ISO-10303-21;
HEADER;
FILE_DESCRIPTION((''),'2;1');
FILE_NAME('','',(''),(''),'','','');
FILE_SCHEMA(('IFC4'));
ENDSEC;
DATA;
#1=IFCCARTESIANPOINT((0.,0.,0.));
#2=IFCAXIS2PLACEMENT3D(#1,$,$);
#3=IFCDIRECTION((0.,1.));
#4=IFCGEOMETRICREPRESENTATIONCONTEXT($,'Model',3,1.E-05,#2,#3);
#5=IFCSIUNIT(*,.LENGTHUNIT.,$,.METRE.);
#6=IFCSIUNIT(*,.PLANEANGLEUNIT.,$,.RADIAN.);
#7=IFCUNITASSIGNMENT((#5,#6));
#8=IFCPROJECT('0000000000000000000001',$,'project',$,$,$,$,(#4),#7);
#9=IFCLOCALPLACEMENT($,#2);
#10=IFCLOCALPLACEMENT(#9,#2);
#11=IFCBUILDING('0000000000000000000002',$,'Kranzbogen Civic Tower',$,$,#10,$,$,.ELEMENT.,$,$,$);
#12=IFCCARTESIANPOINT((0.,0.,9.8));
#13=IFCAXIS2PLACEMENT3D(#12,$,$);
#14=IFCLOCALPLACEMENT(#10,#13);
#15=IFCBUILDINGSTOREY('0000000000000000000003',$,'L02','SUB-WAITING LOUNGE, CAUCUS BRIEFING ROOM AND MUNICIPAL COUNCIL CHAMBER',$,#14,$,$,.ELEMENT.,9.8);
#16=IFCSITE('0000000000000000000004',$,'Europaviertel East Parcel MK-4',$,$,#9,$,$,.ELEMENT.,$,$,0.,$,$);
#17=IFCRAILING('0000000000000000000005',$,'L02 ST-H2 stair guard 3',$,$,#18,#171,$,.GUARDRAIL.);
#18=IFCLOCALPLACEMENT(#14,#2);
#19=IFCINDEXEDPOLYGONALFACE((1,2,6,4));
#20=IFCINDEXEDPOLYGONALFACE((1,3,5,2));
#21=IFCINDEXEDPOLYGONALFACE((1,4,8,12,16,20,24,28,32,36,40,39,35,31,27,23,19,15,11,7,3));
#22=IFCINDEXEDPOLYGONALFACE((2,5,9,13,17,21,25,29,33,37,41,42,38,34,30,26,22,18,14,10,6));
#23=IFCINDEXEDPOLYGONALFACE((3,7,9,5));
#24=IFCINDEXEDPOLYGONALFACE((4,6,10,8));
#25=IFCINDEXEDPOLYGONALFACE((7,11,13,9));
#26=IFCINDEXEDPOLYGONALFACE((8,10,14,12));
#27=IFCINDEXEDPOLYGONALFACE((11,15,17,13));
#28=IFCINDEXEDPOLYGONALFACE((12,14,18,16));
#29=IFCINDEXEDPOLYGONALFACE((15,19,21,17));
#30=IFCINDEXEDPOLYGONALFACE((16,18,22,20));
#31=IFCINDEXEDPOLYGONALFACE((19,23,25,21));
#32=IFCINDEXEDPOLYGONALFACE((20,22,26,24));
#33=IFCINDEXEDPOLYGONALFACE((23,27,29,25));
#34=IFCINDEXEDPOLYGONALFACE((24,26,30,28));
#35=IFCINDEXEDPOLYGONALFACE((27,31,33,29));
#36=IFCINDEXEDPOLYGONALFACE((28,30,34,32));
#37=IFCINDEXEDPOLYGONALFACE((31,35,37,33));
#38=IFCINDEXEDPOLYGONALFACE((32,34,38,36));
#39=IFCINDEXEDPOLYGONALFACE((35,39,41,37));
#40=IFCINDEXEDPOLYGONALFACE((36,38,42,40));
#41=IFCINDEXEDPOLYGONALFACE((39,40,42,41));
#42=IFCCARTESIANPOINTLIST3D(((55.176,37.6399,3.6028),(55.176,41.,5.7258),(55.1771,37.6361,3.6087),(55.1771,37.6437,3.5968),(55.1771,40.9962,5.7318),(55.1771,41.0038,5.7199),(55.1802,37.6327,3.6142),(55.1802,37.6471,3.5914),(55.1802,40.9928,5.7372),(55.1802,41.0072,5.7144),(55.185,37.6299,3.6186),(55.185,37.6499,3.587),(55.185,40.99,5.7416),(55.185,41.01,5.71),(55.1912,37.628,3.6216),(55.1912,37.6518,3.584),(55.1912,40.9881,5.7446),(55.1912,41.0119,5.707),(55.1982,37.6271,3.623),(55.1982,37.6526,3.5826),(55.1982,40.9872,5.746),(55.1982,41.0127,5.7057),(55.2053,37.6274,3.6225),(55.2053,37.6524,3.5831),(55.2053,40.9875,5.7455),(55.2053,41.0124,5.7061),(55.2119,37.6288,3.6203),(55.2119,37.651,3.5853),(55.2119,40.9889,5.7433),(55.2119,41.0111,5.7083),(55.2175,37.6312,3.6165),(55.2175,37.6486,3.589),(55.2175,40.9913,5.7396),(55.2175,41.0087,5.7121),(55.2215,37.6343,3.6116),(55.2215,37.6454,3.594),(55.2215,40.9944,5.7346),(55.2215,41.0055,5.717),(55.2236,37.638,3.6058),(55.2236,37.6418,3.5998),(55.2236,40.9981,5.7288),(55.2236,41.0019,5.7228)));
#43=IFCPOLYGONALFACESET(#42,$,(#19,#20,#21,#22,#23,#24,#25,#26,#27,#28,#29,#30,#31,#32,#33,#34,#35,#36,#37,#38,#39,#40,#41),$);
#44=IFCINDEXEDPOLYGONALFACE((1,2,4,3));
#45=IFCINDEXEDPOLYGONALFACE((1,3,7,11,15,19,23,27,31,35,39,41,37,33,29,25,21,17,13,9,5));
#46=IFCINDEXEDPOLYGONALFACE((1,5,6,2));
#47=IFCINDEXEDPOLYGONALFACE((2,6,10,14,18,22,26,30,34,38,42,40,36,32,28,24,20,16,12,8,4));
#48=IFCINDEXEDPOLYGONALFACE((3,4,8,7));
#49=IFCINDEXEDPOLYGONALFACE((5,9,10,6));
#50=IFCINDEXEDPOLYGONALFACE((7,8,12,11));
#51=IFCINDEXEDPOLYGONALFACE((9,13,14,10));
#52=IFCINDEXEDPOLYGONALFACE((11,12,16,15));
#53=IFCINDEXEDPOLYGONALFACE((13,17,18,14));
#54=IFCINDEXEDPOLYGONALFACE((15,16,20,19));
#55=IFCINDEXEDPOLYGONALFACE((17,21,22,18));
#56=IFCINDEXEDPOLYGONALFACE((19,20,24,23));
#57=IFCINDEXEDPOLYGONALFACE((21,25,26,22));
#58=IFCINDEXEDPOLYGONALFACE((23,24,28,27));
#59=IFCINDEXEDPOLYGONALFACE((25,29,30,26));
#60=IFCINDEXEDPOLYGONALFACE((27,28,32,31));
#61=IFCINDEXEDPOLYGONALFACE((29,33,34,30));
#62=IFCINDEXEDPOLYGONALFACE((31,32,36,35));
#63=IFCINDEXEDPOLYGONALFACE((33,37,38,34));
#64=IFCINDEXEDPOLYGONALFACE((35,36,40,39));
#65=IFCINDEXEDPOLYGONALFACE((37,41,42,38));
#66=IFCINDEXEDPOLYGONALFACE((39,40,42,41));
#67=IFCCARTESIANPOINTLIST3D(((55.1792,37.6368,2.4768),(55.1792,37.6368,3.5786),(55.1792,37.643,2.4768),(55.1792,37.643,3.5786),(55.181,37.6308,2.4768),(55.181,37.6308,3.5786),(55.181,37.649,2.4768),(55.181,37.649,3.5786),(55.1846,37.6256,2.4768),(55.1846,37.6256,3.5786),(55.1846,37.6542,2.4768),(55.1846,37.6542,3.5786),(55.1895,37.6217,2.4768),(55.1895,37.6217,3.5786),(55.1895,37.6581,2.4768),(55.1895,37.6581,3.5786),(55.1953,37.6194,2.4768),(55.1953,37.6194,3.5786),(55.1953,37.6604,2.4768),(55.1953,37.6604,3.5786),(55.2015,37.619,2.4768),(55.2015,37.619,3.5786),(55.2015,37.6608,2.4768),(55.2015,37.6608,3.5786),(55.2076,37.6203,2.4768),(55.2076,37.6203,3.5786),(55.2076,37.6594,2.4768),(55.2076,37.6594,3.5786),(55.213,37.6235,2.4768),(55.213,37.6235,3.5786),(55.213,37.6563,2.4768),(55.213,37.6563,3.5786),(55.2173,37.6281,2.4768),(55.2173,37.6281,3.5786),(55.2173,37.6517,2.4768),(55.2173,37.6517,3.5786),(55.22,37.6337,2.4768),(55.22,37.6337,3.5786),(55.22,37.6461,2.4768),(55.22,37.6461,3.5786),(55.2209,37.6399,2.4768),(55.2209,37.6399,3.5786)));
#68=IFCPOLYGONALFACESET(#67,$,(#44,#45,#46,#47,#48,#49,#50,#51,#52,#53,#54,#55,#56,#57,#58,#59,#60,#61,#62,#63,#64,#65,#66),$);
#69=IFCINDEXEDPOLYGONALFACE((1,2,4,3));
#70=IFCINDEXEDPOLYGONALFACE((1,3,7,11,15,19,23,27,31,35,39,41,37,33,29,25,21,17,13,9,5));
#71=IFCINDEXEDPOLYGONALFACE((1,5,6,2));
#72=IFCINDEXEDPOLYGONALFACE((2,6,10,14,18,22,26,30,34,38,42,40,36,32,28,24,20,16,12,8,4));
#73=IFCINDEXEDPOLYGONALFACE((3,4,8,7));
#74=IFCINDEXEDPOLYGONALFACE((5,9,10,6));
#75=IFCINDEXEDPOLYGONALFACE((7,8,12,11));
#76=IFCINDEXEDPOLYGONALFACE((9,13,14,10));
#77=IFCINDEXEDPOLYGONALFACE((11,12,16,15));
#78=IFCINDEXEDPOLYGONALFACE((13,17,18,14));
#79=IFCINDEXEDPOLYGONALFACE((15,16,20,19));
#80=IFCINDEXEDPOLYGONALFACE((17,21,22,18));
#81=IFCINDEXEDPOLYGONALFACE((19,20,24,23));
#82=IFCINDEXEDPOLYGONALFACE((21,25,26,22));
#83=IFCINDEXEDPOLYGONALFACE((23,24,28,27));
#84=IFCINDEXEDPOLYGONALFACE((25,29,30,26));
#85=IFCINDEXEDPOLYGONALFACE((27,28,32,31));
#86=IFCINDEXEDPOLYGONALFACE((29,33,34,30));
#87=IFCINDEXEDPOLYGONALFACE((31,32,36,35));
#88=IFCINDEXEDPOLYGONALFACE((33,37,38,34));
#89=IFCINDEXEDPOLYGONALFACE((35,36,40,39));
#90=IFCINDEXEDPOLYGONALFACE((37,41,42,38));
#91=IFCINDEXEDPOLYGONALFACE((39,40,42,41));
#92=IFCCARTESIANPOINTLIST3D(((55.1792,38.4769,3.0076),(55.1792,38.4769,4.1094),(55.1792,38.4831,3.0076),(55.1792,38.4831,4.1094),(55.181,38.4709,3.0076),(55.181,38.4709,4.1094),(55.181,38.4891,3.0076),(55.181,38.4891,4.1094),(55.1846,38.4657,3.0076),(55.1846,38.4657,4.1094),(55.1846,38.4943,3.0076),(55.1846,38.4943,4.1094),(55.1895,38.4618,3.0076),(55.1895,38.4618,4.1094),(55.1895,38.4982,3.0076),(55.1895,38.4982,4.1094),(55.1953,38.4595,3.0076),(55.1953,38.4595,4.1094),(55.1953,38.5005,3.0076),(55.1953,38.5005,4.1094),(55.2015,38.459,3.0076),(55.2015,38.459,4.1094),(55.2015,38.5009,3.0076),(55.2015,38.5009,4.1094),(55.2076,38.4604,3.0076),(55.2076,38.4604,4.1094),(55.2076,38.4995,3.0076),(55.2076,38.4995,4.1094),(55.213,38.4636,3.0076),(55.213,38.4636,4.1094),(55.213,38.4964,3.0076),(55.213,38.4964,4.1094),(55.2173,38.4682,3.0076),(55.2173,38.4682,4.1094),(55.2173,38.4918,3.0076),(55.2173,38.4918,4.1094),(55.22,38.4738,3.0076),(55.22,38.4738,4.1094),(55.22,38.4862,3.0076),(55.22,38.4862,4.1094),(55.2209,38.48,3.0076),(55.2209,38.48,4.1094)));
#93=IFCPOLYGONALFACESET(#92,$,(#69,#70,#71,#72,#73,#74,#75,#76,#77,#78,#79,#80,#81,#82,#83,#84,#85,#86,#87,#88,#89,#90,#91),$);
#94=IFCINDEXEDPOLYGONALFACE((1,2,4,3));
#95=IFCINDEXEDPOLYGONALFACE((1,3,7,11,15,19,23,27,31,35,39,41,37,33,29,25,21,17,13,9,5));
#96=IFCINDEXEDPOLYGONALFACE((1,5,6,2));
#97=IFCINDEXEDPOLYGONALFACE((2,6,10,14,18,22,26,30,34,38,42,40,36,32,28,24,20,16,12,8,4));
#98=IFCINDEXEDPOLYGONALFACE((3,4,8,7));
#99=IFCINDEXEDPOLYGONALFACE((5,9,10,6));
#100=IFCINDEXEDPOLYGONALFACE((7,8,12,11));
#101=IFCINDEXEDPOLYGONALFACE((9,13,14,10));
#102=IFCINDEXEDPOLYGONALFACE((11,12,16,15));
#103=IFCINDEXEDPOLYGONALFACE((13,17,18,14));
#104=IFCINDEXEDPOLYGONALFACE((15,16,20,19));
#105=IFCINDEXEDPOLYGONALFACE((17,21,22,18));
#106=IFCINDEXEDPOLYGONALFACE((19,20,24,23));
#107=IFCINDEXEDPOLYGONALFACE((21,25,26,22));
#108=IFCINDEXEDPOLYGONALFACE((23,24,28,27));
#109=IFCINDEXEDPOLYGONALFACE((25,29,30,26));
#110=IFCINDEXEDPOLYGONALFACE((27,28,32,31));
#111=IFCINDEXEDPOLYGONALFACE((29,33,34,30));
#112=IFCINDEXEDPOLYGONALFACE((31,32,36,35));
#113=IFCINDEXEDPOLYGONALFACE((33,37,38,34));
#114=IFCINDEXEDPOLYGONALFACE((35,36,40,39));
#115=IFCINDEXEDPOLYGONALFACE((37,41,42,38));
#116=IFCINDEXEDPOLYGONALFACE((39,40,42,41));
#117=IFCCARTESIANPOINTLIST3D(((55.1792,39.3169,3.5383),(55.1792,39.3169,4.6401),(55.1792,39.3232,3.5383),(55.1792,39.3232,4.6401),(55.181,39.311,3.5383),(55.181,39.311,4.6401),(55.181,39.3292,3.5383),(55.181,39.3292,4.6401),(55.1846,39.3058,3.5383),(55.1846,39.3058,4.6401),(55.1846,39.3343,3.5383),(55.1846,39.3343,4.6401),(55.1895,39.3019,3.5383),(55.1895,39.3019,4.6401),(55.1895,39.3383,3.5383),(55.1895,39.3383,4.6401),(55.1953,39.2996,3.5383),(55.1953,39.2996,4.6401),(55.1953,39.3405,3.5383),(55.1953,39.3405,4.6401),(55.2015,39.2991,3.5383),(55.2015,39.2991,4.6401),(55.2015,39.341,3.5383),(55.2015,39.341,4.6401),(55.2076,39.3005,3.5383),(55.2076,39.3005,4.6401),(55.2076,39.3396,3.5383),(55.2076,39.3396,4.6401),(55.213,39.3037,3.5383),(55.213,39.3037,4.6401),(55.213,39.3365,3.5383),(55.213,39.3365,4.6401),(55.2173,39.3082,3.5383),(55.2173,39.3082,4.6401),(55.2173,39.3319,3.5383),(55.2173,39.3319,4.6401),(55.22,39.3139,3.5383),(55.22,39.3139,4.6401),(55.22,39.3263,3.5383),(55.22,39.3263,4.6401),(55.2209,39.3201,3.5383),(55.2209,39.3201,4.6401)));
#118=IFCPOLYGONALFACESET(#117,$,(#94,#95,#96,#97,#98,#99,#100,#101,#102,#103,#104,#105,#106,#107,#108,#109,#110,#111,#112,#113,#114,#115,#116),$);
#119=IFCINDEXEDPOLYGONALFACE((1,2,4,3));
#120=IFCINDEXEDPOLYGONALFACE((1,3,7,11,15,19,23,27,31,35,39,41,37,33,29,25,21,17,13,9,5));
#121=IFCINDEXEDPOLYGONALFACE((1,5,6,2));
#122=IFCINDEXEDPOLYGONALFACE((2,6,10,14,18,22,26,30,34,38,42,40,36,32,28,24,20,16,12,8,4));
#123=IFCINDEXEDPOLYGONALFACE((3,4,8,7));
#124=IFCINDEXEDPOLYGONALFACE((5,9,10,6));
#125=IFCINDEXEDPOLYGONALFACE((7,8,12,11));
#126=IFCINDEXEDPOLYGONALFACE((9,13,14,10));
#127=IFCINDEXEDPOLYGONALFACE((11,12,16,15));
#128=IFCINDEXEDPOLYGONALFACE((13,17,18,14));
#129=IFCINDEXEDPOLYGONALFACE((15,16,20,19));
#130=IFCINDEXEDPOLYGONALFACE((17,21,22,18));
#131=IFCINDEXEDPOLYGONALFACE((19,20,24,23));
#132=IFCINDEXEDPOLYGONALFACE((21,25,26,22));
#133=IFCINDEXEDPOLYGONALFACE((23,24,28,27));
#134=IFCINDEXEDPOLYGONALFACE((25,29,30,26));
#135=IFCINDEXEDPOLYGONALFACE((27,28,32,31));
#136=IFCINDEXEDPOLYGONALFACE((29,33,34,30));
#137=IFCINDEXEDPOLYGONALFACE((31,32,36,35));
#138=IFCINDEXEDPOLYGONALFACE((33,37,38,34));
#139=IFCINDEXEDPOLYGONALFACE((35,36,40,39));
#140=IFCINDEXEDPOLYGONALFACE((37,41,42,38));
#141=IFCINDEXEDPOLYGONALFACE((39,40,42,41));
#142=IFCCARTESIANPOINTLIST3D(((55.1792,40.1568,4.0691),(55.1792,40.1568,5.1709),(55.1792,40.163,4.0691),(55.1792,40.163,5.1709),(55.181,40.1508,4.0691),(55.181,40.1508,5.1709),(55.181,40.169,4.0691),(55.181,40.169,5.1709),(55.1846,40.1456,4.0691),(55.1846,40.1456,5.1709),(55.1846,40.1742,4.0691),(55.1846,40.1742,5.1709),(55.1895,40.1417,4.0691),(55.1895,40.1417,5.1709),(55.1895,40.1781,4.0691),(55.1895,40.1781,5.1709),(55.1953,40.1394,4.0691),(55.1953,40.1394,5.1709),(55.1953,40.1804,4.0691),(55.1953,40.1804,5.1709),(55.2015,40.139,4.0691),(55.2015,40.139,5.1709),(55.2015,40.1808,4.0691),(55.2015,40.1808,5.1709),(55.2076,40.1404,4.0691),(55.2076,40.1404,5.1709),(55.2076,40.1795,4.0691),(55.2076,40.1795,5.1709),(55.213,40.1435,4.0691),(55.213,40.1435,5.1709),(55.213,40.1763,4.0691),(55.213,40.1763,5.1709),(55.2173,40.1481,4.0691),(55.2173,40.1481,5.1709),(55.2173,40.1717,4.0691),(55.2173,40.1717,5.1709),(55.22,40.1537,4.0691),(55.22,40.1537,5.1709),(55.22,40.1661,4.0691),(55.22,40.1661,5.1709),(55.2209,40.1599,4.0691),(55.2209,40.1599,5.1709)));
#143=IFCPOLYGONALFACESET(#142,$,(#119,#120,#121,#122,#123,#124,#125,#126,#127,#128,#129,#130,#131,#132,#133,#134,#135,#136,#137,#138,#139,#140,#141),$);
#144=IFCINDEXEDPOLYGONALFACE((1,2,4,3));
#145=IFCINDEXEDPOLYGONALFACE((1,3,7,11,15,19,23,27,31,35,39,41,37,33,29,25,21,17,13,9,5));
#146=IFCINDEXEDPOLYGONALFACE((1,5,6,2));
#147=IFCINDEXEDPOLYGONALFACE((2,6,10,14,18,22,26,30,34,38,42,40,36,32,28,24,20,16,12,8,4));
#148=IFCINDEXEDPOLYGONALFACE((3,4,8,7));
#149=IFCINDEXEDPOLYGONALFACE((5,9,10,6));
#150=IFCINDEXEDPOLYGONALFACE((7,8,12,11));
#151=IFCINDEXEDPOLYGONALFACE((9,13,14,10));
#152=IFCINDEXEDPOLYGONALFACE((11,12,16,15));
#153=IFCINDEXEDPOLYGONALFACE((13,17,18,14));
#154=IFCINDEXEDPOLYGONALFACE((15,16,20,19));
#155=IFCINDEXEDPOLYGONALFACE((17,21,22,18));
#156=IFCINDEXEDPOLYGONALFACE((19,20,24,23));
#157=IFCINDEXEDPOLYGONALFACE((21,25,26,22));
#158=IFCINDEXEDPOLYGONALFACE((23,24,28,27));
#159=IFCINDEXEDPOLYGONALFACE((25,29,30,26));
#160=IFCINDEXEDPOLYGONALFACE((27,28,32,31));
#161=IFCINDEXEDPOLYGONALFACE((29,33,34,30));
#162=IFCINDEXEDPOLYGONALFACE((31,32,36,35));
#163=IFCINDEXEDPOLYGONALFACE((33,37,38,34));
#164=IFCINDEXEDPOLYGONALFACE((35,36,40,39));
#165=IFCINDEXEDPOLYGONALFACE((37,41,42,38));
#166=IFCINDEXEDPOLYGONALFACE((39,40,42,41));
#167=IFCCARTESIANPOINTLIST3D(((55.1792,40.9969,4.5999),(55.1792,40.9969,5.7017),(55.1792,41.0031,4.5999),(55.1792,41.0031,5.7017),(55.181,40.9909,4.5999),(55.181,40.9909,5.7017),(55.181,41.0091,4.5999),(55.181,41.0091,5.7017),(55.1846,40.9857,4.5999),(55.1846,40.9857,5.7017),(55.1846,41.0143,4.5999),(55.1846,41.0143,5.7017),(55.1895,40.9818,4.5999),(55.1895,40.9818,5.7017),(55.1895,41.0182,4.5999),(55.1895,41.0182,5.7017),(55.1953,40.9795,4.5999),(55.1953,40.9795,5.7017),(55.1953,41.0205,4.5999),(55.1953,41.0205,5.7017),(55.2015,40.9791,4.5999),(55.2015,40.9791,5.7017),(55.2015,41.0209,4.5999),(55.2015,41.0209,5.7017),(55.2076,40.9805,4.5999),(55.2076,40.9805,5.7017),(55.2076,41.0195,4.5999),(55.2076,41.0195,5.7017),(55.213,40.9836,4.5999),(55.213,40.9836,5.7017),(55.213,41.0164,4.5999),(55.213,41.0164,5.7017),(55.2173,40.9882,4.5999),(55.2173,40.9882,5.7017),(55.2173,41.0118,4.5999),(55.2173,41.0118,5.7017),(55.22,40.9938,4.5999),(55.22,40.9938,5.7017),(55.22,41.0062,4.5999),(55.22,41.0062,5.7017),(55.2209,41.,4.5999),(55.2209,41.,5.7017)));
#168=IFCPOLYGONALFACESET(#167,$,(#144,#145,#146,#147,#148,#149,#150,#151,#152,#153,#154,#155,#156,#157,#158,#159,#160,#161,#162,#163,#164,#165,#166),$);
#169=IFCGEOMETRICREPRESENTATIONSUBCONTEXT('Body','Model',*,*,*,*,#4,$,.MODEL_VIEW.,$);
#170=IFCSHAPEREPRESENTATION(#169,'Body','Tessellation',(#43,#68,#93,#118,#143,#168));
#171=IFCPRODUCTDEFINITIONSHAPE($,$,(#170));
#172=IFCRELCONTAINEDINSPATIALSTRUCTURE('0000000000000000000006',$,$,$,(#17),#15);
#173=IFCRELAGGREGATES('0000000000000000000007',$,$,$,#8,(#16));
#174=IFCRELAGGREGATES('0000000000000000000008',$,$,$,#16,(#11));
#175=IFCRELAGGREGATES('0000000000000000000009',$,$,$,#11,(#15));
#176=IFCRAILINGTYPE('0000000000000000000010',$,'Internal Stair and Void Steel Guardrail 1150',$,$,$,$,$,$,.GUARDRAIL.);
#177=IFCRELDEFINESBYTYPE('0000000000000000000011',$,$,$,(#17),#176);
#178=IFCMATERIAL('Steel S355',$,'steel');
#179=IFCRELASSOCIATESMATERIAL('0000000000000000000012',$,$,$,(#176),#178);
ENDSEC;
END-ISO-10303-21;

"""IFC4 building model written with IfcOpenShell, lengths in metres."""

from ifc_helpers import new_model, si_unit, direction, frame, origin, origin_2d, place, context, subcontext, project, spatial, circle, extrude, material, type_object, element, save


model = new_model("IFC4")

# Units and contexts
model_context = context("Model", 3, precision=1e-05, world=origin(), true_north=direction((0.0, 1.0)))
body_context = subcontext(model_context, "Body", "Model", "MODEL_VIEW")
ifc_project = project(units=[si_unit("LENGTHUNIT", "METRE"), si_unit("PLANEANGLEUNIT", "RADIAN")], contexts=[model_context])

# Site, building, storey
site_placement = place(None, origin())
site = spatial("IfcSite", under=ifc_project, at=site_placement, Name="Europaviertel East Parcel MK-4", CompositionType="ELEMENT", RefElevation=0.0)
building_placement = place(site_placement, origin())
building = spatial("IfcBuilding", under=site, at=building_placement, Name="Kranzbogen Civic Tower", CompositionType="ELEMENT")
storey_placement = place(building_placement, frame((0.0, 0.0, 9.8)))
storey = spatial("IfcBuildingStorey", under=building, at=storey_placement, Name="L02", Description="SUB-WAITING LOUNGE, CAUCUS BRIEFING ROOM AND MUNICIPAL COUNCIL CHAMBER", CompositionType="ELEMENT", Elevation=9.8)

# Shared definitions
ifc_material_1 = material(Name="Steel S355", Category="steel")

# Railing
railing_type_1 = type_object("IfcRailingType", Name="Internal Stair and Void Steel Guardrail 1150", PredefinedType="GUARDRAIL", material=ifc_material_1)
railing_1_placement = place(storey_placement, frame((55.2, 37.6399, 2.4768)))
element("IfcRailing", 1, at=railing_1_placement, inside=storey, type_object=railing_type_1, Name="L02 ST-H2 stair guard 3", PredefinedType="GUARDRAIL", context=body_context, shape_type="SweptSolid", body=[
    extrude(circle(Radius=0.0239, at=origin_2d()), frame((0.0, 0.0, 1.126), z_axis=(0.0, 0.84539, 0.53415), x_axis=(-1.0, 0.0, 0.0)), (0.0, 0.0, 1.0), 3.9746),
    extrude(circle(Radius=0.021, at=origin_2d()), origin(), (0.0, 0.0, 1.0), 1.1018),
    extrude(circle(Radius=0.021, at=origin_2d()), frame((0.0, 0.8401, 0.5308)), (0.0, 0.0, 1.0), 1.1018),
    extrude(circle(Radius=0.021, at=origin_2d()), frame((0.0, 1.6802, 1.0615)), (0.0, 0.0, 1.0), 1.1018),
    extrude(circle(Radius=0.021, at=origin_2d()), frame((0.0, 2.52, 1.5923)), (0.0, 0.0, 1.0), 1.1018),
    extrude(circle(Radius=0.021, at=origin_2d()), frame((0.0, 3.3601, 2.123)), (0.0, 0.0, 1.0), 1.1018),
])

save(model, "model.ifc")
